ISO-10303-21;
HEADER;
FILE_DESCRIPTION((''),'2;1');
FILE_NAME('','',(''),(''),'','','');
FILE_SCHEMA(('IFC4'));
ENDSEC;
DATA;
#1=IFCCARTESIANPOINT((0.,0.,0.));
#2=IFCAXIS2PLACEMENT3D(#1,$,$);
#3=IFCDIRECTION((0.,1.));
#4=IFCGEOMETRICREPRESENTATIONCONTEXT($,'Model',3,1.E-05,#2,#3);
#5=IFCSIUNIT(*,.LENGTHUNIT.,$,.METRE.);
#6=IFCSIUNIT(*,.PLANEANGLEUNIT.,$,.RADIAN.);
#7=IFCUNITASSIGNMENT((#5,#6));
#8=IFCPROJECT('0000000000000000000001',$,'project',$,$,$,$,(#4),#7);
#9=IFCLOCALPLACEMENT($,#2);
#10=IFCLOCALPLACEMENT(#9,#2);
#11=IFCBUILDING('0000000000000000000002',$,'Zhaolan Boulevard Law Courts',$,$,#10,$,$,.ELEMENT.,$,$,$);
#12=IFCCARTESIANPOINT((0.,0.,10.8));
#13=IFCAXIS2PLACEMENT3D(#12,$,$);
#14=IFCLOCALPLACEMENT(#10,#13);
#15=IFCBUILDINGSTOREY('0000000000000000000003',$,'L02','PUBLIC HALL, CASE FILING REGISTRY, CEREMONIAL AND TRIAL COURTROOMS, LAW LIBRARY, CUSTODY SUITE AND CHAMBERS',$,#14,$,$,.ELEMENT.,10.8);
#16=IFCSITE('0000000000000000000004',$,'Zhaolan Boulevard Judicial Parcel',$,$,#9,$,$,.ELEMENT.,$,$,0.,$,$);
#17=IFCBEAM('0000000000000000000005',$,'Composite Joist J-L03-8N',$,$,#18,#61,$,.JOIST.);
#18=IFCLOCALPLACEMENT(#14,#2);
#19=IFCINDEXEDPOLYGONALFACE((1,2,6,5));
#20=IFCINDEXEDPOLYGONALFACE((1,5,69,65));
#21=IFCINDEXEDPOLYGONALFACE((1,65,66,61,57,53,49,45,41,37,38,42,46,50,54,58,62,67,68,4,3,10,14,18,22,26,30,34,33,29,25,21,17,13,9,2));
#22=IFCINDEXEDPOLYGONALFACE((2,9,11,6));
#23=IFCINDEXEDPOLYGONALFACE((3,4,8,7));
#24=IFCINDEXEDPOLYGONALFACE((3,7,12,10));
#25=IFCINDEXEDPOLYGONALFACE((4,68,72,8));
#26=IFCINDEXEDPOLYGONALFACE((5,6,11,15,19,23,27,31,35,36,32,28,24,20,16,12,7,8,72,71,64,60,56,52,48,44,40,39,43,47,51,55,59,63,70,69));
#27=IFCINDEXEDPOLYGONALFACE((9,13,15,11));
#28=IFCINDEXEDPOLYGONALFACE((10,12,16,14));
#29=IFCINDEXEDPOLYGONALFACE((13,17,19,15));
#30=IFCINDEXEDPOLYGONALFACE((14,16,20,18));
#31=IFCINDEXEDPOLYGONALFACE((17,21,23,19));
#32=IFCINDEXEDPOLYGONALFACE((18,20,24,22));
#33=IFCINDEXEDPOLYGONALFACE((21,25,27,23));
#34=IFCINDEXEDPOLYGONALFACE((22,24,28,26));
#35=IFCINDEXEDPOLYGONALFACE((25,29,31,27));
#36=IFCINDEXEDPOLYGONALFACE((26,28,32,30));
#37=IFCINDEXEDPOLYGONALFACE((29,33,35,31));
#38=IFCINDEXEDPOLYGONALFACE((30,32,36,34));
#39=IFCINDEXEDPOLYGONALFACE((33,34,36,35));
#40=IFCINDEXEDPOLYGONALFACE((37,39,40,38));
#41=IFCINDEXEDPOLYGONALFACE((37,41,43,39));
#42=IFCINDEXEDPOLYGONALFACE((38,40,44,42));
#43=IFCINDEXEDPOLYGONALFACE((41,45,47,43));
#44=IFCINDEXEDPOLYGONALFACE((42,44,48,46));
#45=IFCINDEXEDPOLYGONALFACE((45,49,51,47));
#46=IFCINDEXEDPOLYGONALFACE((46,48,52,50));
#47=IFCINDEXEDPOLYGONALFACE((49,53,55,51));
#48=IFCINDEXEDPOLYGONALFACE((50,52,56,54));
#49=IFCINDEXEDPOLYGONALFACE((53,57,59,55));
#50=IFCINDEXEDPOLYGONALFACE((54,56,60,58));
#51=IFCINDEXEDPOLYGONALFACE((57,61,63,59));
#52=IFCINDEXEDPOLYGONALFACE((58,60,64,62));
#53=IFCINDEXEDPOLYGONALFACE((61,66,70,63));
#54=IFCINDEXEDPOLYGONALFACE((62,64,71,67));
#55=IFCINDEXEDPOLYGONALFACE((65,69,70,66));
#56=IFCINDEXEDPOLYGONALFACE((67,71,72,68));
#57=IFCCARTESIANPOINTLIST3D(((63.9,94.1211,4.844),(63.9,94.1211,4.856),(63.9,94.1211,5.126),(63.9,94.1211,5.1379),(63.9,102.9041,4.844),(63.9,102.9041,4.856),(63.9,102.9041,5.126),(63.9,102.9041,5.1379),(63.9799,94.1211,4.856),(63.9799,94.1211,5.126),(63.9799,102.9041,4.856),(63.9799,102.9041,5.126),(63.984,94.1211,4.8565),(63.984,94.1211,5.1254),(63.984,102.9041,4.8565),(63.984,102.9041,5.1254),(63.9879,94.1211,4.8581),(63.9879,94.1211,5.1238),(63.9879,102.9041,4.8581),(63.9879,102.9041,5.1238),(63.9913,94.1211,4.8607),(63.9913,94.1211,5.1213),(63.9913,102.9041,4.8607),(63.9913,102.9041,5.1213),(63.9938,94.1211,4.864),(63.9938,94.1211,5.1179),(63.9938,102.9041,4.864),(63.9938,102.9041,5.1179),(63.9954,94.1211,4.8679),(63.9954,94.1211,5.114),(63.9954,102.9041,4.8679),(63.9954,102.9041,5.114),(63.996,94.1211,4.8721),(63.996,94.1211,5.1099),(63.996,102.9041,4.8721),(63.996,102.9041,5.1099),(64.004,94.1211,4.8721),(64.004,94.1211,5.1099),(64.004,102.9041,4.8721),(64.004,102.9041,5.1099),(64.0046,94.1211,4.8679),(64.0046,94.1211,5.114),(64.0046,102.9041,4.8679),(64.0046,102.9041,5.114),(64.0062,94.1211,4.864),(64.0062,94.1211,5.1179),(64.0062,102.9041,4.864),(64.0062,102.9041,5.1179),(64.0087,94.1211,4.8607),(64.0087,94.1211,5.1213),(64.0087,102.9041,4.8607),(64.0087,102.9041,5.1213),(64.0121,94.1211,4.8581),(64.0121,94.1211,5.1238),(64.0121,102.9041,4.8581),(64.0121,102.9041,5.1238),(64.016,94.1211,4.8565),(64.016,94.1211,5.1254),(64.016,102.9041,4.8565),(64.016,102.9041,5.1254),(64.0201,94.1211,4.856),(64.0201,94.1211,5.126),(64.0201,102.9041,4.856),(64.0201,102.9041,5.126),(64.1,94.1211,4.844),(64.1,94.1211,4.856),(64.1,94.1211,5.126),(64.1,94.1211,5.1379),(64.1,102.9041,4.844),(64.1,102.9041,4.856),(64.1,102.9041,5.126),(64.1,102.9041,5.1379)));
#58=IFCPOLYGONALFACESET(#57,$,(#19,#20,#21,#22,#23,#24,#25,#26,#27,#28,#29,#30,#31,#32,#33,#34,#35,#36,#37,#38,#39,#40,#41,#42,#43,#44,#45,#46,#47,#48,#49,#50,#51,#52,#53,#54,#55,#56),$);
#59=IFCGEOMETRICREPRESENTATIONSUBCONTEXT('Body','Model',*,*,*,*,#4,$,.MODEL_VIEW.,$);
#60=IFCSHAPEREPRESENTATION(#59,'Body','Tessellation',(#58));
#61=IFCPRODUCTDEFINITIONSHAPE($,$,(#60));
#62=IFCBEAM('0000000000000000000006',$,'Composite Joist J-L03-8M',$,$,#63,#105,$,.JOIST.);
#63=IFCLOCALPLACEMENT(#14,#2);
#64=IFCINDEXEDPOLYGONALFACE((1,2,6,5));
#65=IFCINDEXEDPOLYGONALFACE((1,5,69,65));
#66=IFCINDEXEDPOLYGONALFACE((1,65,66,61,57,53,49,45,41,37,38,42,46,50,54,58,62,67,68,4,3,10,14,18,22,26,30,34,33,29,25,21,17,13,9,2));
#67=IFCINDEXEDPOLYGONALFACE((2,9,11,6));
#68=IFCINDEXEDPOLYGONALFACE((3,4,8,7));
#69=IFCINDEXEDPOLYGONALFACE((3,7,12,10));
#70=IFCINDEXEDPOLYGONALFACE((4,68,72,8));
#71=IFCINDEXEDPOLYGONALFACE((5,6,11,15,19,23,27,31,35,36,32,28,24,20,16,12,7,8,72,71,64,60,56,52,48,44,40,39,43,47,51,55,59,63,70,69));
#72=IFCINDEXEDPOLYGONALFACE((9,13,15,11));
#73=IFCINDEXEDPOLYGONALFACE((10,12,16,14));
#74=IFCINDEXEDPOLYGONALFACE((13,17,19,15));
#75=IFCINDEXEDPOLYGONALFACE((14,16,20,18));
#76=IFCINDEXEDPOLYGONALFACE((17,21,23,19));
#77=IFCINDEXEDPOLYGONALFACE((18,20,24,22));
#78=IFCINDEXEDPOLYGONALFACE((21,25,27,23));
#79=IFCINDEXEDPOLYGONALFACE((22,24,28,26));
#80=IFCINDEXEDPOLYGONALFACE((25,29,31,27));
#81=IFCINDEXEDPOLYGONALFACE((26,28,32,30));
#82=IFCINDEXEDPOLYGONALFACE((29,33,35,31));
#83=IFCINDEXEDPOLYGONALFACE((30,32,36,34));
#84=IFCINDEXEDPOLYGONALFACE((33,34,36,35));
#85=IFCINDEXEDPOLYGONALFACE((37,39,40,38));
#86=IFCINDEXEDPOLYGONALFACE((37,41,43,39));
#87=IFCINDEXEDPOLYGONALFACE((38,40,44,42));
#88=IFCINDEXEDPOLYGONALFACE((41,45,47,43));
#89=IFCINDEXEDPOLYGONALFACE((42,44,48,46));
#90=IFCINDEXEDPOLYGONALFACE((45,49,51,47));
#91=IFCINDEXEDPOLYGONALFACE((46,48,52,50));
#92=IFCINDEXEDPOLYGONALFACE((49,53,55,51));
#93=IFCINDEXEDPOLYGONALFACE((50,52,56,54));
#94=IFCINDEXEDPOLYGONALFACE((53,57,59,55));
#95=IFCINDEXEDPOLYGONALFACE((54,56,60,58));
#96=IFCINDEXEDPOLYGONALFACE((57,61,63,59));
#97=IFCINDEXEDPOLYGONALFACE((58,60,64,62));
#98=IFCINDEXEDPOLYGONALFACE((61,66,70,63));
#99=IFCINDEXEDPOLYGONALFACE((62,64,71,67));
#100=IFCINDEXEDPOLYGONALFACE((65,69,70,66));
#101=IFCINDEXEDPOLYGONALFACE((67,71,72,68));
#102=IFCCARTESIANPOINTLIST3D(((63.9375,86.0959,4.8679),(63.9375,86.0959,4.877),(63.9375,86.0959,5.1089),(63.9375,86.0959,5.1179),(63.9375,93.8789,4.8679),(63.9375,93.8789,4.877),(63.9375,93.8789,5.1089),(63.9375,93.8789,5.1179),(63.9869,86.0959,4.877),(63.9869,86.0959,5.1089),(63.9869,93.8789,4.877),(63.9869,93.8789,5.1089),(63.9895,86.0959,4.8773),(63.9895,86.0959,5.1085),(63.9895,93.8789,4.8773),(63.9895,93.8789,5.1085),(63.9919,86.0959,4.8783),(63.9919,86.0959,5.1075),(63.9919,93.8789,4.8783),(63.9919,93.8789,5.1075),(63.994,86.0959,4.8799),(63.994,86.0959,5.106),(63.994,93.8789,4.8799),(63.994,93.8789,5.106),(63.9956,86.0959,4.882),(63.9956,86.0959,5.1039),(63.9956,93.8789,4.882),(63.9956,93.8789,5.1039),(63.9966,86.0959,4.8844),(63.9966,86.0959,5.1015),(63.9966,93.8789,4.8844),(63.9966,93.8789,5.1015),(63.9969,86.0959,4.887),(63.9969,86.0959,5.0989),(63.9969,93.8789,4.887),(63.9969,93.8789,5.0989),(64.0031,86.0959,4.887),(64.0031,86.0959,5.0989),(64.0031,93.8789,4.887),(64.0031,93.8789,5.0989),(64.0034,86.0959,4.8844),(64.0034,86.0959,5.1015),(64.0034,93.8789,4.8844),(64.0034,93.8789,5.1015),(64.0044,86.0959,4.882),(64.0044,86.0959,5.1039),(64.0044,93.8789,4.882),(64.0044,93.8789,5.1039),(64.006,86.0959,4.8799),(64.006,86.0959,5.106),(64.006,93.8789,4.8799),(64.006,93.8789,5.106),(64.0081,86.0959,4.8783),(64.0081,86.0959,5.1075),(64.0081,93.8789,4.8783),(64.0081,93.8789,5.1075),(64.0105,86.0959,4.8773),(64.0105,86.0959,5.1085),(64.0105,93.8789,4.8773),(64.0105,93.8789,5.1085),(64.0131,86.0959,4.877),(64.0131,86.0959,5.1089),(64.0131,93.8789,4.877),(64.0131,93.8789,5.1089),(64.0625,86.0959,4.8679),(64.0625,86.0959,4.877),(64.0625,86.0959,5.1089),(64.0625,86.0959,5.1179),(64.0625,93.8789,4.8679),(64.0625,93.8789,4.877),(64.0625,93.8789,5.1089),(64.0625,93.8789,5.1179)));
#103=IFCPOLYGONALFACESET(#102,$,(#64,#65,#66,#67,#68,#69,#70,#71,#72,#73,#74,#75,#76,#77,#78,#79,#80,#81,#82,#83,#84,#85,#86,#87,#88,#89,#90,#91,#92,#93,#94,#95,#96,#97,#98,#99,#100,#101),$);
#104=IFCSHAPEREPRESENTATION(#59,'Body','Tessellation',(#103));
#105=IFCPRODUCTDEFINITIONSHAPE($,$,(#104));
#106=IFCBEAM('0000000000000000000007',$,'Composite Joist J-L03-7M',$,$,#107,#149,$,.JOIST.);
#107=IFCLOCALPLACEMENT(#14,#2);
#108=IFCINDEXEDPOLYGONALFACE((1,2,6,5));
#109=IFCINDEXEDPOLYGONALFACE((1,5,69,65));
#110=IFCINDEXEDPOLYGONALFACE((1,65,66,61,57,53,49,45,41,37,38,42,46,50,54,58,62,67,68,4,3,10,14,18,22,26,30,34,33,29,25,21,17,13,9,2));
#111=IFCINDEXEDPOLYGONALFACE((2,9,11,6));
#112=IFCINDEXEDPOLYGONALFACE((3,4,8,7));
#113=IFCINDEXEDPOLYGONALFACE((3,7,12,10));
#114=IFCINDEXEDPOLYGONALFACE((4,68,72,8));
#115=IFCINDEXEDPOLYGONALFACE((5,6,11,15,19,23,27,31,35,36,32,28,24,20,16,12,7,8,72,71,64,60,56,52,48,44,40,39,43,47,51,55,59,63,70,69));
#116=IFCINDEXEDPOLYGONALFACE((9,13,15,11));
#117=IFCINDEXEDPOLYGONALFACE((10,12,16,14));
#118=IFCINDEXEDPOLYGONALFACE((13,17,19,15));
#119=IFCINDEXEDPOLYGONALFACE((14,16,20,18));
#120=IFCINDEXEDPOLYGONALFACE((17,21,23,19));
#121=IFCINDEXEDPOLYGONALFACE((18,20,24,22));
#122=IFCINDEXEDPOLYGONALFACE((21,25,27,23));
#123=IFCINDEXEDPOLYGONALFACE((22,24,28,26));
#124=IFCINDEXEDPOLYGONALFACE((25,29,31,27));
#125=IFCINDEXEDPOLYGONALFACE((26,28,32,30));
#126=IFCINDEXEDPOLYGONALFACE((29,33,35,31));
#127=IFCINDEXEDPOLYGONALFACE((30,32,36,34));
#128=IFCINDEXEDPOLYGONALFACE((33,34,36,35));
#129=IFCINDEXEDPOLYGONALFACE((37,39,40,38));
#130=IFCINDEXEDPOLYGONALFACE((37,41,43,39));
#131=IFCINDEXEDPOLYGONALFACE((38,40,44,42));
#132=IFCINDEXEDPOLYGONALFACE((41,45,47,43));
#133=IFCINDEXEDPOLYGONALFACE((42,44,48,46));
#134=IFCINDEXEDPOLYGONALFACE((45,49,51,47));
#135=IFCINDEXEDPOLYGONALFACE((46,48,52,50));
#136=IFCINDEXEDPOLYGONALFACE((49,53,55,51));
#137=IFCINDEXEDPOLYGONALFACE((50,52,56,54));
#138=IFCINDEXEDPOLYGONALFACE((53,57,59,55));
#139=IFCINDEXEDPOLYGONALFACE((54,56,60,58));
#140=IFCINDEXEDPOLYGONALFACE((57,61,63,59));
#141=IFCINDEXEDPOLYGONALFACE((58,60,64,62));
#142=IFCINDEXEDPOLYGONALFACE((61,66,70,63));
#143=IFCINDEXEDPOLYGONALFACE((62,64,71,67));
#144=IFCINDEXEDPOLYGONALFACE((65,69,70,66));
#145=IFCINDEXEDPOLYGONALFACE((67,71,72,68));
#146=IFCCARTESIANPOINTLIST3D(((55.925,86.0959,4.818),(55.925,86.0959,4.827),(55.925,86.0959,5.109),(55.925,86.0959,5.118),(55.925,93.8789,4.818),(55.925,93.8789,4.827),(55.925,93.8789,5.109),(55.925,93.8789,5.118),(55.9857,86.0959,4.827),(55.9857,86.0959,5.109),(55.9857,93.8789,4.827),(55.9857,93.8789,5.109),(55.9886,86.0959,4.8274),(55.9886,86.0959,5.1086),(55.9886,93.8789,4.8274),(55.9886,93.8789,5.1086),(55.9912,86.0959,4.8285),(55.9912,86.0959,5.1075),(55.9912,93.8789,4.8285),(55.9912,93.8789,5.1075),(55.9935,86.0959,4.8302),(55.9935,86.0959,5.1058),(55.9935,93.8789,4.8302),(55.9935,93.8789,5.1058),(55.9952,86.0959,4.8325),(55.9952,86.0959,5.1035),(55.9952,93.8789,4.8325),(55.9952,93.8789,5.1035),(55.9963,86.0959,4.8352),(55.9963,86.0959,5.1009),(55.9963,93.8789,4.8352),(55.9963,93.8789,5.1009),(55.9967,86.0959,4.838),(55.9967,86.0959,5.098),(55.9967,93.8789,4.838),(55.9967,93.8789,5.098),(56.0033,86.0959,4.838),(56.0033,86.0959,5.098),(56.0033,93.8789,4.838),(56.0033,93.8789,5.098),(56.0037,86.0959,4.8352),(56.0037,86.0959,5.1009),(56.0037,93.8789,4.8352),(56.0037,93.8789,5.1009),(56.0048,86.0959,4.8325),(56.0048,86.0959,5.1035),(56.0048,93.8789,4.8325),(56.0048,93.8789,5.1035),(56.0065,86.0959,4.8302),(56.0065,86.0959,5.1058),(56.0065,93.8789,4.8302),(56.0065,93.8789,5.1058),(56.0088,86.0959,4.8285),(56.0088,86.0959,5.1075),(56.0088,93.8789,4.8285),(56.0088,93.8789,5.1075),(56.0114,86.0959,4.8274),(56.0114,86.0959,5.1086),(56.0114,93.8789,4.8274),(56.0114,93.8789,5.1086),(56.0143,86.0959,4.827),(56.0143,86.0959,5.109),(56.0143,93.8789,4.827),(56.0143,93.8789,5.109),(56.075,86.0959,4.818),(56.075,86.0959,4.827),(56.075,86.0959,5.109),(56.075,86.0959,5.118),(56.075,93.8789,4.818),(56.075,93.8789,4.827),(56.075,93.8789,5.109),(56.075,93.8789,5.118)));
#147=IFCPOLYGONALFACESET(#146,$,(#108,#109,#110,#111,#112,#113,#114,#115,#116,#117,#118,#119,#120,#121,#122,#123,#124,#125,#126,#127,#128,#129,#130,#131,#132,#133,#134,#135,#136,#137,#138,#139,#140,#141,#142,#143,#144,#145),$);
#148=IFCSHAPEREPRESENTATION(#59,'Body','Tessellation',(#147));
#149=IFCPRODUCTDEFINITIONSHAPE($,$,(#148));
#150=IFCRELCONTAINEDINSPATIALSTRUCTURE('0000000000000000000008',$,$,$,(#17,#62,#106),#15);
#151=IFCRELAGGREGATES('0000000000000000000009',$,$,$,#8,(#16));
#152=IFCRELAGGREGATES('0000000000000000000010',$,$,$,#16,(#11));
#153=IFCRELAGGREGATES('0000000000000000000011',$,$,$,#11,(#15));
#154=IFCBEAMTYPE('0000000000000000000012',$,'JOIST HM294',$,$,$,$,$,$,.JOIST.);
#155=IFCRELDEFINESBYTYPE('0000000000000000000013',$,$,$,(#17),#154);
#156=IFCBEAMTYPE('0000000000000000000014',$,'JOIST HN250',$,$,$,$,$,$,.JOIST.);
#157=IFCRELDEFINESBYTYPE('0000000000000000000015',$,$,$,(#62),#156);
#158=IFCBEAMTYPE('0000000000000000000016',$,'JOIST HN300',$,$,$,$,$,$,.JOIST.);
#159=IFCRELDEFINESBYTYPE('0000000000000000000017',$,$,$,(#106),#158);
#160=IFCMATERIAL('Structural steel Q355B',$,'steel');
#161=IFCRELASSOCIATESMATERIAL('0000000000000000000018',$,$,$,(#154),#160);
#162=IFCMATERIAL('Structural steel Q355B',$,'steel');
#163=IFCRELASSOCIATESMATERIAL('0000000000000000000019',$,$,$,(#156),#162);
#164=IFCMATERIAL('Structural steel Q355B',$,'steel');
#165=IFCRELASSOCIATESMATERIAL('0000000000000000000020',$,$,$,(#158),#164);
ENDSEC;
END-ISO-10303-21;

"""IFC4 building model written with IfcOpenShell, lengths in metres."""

from ifc_helpers import new_model, si_unit, direction, frame, origin, origin_2d, place, context, subcontext, project, spatial, i_section, extrude, material, material_profile, profile_set, type_object, element, save


model = new_model("IFC4")

# Units and contexts
model_context = context("Model", 3, precision=1e-05, world=origin(), true_north=direction((0.0, 1.0)))
body_context = subcontext(model_context, "Body", "Model", "MODEL_VIEW")
ifc_project = project(units=[si_unit("LENGTHUNIT", "METRE"), si_unit("PLANEANGLEUNIT", "RADIAN")], contexts=[model_context])

# Site, building, storey
site_placement = place(None, origin())
site = spatial("IfcSite", under=ifc_project, at=site_placement, Name="Zhaolan Boulevard Judicial Parcel", CompositionType="ELEMENT", RefElevation=0.0)
building_placement = place(site_placement, origin())
building = spatial("IfcBuilding", under=site, at=building_placement, Name="Zhaolan Boulevard Law Courts", CompositionType="ELEMENT")
storey_placement = place(building_placement, frame((0.0, 0.0, 10.8)))
storey = spatial("IfcBuildingStorey", under=building, at=storey_placement, Name="L02", Description="PUBLIC HALL, CASE FILING REGISTRY, CEREMONIAL AND TRIAL COURTROOMS, LAW LIBRARY, CUSTODY SUITE AND CHAMBERS", CompositionType="ELEMENT", Elevation=10.8)

# Beams
ifc_material_1 = material(Name="Structural steel Q355B", Category="steel")
ifc_material_profile_1 = material_profile(ifc_material_1, i_section(OverallWidth=0.2, OverallDepth=0.2939, WebThickness=0.0081, FlangeThickness=0.012, FilletRadius=0.0161, at=origin_2d()), Name="HM294x200")
ifc_profile_set_1 = profile_set([ifc_material_profile_1], Name="Structural steel Q355B")
beam_type_1 = type_object("IfcBeamType", Name="JOIST HM294", PredefinedType="JOIST", material=ifc_profile_set_1)
beam_1_placement = place(storey_placement, frame((64.0, 94.1211, 4.991), z_axis=(0.0, 1.0, 0.0), x_axis=(-1.0, 0.0, 0.0)))
element("IfcBeam", 1, at=beam_1_placement, inside=storey, type_object=beam_type_1, Name="Composite Joist J-L03-8N", PredefinedType="JOIST", context=body_context, shape_type="SweptSolid", body=[
    extrude(i_section(OverallWidth=0.2, OverallDepth=0.2939, WebThickness=0.0081, FlangeThickness=0.012, FilletRadius=0.0161, at=origin_2d()), origin(), (0.0, 0.0, 1.0), 8.783),
])
ifc_material_2 = material(Name="Structural steel Q355B", Category="steel")
ifc_material_profile_2 = material_profile(ifc_material_2, i_section(OverallWidth=0.125, OverallDepth=0.25, WebThickness=0.0061, FlangeThickness=0.009, FilletRadius=0.01, at=origin_2d()), Name="HN250x125")
ifc_profile_set_2 = profile_set([ifc_material_profile_2], Name="Structural steel Q355B")
beam_type_2 = type_object("IfcBeamType", Name="JOIST HN250", PredefinedType="JOIST", material=ifc_profile_set_2)
beam_2_placement = place(storey_placement, frame((64.0, 86.0959, 4.9929), z_axis=(0.0, 1.0, 0.0), x_axis=(-1.0, 0.0, 0.0)))
element("IfcBeam", 2, at=beam_2_placement, inside=storey, type_object=beam_type_2, Name="Composite Joist J-L03-8M", PredefinedType="JOIST", context=body_context, shape_type="SweptSolid", body=[
    extrude(i_section(OverallWidth=0.125, OverallDepth=0.25, WebThickness=0.0061, FlangeThickness=0.009, FilletRadius=0.01, at=origin_2d()), origin(), (0.0, 0.0, 1.0), 7.783),
])
ifc_material_3 = material(Name="Structural steel Q355B", Category="steel")
ifc_material_profile_3 = material_profile(ifc_material_3, i_section(OverallWidth=0.1499, OverallDepth=0.3, WebThickness=0.0066, FlangeThickness=0.009, FilletRadius=0.011, at=origin_2d()), Name="HN300x150")
ifc_profile_set_3 = profile_set([ifc_material_profile_3], Name="Structural steel Q355B")
beam_type_3 = type_object("IfcBeamType", Name="JOIST HN300", PredefinedType="JOIST", material=ifc_profile_set_3)
beam_3_placement = place(storey_placement, frame((56.0, 86.0959, 4.968), z_axis=(0.0, 1.0, 0.0), x_axis=(-1.0, 0.0, 0.0)))
element("IfcBeam", 3, at=beam_3_placement, inside=storey, type_object=beam_type_3, Name="Composite Joist J-L03-7M", PredefinedType="JOIST", context=body_context, shape_type="SweptSolid", body=[
    extrude(i_section(OverallWidth=0.1499, OverallDepth=0.3, WebThickness=0.0066, FlangeThickness=0.009, FilletRadius=0.011, at=origin_2d()), origin(), (0.0, 0.0, 1.0), 7.783),
])

save(model, "model.ifc")
